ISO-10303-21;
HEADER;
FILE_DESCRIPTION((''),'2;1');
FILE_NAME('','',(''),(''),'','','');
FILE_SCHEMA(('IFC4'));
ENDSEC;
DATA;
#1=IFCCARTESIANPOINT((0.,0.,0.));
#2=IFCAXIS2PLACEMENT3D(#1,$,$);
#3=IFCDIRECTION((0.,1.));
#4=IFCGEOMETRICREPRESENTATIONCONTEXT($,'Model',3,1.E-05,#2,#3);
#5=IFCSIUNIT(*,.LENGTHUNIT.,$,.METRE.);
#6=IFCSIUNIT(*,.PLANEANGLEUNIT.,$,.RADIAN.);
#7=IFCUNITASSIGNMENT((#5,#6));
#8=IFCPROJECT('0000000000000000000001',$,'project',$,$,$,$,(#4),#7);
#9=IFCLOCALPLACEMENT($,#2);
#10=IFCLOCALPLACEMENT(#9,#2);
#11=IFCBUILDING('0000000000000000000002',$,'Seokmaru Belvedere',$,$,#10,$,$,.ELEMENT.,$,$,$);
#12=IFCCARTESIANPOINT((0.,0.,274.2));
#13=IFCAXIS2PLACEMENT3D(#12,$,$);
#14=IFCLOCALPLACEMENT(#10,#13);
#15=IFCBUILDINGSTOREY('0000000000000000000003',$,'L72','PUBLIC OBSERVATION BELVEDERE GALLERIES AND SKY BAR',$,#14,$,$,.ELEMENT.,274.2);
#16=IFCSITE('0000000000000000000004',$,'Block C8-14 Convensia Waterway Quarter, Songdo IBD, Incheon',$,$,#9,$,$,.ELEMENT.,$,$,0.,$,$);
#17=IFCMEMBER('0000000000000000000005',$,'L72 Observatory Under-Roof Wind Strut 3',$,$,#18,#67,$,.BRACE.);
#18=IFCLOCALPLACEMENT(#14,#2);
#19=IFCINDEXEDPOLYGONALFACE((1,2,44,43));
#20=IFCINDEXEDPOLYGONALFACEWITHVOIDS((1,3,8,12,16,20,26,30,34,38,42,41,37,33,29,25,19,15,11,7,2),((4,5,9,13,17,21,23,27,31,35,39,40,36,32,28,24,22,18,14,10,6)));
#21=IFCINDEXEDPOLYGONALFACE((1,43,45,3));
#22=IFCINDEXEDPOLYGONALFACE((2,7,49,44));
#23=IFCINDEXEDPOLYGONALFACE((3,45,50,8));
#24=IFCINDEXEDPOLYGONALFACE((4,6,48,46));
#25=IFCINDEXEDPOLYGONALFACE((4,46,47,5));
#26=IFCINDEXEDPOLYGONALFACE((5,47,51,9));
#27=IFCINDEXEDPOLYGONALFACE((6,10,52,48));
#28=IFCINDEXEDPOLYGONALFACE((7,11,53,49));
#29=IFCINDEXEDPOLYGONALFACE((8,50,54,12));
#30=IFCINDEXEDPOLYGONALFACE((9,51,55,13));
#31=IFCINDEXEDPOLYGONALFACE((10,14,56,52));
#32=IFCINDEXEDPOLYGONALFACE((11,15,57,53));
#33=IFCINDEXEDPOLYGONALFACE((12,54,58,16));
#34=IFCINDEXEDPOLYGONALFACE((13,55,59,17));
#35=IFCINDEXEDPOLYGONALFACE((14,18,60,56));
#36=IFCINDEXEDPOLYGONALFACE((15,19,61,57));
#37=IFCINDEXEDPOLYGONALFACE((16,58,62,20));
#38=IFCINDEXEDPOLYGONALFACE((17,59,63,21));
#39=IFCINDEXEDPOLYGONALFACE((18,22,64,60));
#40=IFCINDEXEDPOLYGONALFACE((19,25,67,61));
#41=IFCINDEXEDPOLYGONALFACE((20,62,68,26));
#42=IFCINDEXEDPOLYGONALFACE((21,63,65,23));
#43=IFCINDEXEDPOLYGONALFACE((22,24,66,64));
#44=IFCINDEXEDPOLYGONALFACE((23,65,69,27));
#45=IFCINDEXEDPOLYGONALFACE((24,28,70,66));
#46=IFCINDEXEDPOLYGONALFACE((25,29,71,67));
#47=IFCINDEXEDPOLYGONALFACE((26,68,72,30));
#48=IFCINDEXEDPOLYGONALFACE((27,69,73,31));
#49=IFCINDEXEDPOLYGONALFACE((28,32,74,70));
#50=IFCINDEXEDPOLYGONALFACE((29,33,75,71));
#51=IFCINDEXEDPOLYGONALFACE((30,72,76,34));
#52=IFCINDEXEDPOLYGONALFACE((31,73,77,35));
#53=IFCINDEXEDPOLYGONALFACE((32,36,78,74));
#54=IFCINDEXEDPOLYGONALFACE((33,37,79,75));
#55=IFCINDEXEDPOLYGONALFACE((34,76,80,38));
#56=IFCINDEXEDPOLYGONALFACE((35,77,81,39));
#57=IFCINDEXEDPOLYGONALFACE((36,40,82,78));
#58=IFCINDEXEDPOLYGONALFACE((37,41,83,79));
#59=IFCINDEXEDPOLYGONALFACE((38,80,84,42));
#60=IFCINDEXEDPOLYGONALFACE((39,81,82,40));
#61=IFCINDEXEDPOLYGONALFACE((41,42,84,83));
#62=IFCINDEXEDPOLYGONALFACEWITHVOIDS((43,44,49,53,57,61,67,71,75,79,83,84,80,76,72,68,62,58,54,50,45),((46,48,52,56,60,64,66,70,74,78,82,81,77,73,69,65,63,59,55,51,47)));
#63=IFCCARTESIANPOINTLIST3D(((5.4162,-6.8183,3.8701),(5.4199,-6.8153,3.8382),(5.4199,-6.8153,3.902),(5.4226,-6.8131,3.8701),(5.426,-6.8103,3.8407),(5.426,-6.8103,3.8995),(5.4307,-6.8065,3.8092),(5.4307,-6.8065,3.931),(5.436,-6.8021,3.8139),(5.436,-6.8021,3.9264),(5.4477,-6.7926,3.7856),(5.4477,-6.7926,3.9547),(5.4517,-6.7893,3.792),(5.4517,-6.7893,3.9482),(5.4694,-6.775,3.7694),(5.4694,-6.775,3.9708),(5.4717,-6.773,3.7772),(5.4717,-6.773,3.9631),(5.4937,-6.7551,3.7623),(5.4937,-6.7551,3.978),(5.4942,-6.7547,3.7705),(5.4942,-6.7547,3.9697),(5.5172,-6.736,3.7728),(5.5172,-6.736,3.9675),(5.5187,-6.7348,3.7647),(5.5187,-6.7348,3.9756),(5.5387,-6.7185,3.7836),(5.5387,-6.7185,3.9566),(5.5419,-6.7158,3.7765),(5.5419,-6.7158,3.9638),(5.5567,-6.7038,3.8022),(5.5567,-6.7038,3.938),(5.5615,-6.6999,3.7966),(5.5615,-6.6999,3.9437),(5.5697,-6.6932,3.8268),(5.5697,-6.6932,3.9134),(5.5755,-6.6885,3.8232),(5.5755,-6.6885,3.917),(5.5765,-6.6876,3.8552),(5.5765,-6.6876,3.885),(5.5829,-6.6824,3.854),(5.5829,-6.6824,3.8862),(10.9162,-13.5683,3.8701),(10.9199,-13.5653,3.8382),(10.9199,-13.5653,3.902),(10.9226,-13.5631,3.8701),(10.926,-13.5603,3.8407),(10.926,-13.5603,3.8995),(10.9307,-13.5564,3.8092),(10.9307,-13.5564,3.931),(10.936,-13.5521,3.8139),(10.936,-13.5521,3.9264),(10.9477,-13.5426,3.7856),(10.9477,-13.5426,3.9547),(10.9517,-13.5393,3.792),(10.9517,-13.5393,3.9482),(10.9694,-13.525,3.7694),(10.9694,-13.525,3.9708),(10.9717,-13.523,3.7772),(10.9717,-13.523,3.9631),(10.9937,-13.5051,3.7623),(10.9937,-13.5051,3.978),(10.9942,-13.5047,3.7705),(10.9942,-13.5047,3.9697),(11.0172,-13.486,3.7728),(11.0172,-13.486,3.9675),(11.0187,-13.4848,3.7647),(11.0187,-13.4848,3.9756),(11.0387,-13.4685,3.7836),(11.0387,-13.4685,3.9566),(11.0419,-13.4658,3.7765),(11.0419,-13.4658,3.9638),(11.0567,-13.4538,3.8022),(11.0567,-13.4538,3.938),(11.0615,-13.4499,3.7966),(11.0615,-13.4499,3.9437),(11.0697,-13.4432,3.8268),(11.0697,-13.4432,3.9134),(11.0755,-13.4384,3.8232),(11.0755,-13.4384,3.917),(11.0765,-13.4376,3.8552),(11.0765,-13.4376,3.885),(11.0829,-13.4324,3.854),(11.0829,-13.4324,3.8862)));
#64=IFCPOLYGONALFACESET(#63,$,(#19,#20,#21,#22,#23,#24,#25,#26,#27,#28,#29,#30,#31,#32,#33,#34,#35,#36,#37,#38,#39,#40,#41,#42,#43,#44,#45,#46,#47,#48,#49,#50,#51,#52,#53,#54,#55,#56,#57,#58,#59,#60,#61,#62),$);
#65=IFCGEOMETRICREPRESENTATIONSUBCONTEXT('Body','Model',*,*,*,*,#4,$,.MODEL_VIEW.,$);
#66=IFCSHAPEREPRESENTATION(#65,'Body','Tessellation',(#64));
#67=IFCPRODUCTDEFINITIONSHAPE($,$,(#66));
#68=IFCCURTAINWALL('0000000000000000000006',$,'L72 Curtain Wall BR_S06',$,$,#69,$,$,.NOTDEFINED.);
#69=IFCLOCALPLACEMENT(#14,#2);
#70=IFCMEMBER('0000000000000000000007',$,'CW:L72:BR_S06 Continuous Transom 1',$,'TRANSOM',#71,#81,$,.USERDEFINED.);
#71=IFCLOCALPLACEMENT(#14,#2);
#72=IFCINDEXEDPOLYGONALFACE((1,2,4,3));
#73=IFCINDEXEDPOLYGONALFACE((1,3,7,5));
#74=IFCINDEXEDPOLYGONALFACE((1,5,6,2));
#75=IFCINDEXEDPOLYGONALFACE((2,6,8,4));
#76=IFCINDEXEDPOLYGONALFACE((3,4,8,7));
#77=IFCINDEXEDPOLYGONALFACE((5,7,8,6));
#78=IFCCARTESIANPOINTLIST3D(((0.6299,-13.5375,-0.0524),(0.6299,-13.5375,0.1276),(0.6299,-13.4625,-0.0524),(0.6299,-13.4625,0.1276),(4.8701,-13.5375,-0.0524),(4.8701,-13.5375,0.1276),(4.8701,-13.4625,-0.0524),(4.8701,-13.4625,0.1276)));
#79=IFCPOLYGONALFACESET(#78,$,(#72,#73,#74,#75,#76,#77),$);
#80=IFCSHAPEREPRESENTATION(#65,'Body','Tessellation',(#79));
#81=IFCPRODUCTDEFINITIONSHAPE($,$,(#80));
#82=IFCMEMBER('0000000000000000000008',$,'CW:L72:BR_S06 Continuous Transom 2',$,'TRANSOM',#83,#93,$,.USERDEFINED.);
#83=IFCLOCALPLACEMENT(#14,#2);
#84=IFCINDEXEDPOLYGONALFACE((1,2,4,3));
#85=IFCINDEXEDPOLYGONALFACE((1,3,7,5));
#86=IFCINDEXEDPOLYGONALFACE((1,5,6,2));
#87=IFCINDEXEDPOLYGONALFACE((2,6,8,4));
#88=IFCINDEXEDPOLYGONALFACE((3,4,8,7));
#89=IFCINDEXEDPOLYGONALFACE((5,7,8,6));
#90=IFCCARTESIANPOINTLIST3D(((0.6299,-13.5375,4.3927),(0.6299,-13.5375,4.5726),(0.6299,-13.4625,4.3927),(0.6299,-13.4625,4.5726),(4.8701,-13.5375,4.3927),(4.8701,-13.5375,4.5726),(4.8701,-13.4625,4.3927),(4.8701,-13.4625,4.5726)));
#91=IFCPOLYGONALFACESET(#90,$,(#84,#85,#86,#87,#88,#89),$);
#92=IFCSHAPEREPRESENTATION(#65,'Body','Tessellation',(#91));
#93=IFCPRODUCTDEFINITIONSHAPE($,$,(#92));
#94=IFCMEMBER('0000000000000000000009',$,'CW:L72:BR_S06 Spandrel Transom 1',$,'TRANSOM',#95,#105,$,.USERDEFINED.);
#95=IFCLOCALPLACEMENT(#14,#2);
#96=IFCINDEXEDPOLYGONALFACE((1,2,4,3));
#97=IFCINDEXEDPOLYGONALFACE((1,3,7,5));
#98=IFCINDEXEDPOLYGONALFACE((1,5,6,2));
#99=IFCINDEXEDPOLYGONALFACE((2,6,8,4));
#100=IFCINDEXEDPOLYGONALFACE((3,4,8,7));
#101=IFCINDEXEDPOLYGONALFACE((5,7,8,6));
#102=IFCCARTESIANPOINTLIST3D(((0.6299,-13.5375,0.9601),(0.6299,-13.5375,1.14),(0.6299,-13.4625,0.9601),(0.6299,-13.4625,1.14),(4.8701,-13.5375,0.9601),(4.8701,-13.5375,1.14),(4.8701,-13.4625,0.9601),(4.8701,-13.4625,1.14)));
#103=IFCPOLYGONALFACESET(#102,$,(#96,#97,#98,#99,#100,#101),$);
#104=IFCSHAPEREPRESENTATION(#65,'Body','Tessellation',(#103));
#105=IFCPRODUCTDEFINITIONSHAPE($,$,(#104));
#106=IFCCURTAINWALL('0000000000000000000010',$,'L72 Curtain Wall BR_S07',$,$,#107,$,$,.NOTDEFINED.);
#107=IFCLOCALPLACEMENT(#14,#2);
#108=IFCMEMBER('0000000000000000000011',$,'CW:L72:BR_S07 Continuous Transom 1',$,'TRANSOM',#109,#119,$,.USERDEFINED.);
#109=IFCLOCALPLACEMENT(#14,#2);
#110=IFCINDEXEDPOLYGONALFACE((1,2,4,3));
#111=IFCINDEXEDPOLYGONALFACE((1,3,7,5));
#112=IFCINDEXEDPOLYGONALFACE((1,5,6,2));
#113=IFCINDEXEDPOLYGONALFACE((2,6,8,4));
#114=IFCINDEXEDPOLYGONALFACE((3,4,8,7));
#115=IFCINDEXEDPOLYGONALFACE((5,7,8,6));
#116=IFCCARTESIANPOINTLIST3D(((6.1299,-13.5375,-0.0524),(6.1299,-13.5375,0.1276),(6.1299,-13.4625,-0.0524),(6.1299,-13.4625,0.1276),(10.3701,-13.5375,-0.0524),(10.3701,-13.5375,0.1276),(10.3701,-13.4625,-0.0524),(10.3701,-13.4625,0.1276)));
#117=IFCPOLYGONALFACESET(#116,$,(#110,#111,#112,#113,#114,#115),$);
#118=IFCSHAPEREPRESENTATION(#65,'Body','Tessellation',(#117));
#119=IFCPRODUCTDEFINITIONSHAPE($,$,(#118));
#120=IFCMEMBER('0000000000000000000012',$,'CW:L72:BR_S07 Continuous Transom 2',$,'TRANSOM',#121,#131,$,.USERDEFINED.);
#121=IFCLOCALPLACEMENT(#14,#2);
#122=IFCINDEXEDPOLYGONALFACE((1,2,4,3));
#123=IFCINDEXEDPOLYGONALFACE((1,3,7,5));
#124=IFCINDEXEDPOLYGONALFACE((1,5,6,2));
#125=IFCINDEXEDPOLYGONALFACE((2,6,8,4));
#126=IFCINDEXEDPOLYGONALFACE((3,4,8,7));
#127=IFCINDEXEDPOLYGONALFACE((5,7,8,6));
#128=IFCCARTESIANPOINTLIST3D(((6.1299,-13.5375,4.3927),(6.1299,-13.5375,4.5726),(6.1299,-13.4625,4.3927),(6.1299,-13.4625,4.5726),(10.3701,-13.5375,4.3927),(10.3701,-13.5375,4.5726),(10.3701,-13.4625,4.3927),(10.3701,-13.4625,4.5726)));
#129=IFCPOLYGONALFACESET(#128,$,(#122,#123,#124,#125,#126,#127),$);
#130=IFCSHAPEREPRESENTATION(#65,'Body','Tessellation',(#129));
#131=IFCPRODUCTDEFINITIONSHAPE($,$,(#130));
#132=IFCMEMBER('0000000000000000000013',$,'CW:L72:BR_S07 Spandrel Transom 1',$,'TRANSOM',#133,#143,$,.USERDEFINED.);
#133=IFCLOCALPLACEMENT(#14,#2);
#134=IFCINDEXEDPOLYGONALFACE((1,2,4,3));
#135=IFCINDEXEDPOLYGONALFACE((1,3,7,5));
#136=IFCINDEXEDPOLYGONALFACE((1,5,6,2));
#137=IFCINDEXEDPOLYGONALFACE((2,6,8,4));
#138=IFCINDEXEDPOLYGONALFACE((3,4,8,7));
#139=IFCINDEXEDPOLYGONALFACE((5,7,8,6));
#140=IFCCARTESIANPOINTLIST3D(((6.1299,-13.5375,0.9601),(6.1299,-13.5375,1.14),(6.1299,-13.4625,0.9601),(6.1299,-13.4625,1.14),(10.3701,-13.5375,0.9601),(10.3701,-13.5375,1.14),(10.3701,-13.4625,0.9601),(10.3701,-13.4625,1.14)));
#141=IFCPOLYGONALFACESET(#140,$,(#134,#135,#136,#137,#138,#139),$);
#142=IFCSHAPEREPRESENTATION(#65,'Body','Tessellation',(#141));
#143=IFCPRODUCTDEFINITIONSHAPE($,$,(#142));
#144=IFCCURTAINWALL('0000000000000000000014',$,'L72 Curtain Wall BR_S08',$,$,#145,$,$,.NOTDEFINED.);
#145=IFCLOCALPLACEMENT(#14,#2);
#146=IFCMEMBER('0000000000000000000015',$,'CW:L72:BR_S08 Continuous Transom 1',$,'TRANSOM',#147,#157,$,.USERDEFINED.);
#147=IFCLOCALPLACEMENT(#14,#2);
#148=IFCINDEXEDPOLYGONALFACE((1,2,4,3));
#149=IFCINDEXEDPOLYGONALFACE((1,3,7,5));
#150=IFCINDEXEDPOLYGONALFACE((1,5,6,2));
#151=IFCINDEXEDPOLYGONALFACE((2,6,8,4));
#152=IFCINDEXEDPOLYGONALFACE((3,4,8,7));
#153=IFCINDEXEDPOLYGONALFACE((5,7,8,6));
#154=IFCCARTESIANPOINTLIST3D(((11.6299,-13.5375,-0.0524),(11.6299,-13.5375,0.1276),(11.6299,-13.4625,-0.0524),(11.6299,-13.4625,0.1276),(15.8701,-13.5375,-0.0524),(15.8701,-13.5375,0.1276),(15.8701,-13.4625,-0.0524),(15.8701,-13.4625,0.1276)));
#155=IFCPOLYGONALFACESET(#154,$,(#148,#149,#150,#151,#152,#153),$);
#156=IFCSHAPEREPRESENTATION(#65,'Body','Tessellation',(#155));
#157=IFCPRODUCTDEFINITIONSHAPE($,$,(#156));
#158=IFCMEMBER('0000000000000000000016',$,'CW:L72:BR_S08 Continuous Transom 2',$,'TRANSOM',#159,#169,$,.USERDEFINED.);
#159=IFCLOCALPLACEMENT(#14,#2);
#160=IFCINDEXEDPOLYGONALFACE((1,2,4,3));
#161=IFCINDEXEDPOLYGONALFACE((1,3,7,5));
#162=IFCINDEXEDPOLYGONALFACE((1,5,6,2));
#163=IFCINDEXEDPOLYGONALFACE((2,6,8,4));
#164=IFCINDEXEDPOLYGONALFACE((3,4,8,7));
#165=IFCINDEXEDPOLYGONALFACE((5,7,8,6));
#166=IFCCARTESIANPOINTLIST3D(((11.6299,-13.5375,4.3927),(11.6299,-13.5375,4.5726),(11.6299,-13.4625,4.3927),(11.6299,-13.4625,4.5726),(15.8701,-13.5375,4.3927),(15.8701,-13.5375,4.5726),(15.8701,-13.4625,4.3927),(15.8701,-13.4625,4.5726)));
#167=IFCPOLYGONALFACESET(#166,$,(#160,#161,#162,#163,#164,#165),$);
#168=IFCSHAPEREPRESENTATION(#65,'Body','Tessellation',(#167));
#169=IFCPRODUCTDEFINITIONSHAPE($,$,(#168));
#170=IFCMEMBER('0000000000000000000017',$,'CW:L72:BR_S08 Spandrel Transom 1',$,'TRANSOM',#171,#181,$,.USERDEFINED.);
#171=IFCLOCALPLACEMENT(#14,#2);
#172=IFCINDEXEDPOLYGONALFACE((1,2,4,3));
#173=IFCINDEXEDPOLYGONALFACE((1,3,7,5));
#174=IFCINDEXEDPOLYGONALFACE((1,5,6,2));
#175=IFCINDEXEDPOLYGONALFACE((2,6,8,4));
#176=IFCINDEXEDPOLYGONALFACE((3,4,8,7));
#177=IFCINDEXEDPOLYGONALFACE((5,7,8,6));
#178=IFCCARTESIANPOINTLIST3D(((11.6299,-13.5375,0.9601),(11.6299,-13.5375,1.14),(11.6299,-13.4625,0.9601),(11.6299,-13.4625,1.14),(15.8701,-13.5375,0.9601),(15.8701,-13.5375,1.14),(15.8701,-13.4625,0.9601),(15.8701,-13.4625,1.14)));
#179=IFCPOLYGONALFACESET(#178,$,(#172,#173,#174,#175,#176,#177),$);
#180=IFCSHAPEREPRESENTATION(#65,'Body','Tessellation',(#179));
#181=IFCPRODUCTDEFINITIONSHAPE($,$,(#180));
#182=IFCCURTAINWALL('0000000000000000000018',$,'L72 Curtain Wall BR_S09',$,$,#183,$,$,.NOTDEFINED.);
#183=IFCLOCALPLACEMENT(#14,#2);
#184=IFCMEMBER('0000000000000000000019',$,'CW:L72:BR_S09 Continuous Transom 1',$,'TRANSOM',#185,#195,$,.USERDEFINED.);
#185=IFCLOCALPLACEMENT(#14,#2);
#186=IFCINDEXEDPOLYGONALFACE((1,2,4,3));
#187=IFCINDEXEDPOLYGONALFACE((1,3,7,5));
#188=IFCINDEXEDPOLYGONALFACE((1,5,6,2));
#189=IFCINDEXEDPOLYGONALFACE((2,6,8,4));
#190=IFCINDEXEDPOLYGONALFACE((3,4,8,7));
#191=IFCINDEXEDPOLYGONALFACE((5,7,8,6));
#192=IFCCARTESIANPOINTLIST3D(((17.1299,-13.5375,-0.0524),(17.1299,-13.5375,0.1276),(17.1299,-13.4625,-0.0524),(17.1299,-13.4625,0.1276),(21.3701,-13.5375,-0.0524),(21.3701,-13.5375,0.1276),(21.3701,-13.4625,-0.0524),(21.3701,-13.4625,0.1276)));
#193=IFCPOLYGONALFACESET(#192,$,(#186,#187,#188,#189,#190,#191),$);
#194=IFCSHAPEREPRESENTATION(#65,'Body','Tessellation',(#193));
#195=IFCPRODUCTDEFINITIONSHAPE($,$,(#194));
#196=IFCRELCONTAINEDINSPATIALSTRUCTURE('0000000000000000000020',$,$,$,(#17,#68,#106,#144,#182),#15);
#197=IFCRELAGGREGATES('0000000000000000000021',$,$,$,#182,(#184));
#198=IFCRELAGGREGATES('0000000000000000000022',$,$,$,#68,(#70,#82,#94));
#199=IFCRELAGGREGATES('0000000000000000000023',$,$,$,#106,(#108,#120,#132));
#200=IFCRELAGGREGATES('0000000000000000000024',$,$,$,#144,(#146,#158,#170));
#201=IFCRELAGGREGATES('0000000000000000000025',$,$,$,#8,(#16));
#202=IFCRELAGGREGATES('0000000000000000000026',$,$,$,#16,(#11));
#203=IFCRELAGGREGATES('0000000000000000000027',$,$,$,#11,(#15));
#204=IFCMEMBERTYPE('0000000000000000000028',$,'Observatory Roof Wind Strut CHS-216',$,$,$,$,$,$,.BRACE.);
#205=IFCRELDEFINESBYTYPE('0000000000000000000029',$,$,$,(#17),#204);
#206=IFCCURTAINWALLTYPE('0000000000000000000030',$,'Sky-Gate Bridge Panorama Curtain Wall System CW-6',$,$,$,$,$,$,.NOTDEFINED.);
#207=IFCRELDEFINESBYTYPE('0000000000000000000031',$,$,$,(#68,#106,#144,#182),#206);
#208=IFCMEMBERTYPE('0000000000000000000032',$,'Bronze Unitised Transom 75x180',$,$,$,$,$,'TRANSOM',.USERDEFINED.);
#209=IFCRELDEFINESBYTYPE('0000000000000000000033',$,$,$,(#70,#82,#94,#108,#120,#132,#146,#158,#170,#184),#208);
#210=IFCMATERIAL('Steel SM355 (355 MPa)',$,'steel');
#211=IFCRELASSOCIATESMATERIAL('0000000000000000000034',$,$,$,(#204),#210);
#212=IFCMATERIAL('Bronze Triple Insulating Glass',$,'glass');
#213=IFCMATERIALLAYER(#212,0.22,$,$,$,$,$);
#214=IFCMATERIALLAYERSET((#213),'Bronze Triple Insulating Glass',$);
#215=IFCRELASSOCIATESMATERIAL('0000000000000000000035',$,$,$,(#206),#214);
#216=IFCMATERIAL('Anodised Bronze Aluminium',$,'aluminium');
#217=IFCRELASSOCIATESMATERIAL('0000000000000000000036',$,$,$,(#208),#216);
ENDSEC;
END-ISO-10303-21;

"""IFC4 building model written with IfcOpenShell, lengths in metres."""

from ifc_helpers import new_model, si_unit, direction, frame, origin, origin_2d, place, context, subcontext, project, spatial, rectangle, hollow_circle, extrude, source, transform, mapped, material, layer, layer_set, material_profile, profile_set, type_object, type_shapes, element, aggregate, save


model = new_model("IFC4")

# Units and contexts
model_context = context("Model", 3, precision=1e-05, world=origin(), true_north=direction((0.0, 1.0)))
body_context = subcontext(model_context, "Body", "Model", "MODEL_VIEW")
ifc_project = project(units=[si_unit("LENGTHUNIT", "METRE"), si_unit("PLANEANGLEUNIT", "RADIAN")], contexts=[model_context])

# Site, building, storey
site_placement = place(None, origin())
site = spatial("IfcSite", under=ifc_project, at=site_placement, Name="Block C8-14 Convensia Waterway Quarter, Songdo IBD, Incheon", CompositionType="ELEMENT", RefElevation=0.0)
building_placement = place(site_placement, origin())
building = spatial("IfcBuilding", under=site, at=building_placement, Name="Seokmaru Belvedere", CompositionType="ELEMENT")
storey_placement = place(building_placement, frame((0.0, 0.0, 274.2)))
storey = spatial("IfcBuildingStorey", under=building, at=storey_placement, Name="L72", Description="PUBLIC OBSERVATION BELVEDERE GALLERIES AND SKY BAR", CompositionType="ELEMENT", Elevation=274.2)

# Shared definitions
ifc_material_1 = material(Name="Steel SM355 (355 MPa)", Category="steel")

# Member
ifc_material_profile_1 = material_profile(ifc_material_1, hollow_circle(Radius=0.1082, WallThickness=0.0083, at=origin_2d()), Name="CHS-216.3x8.2")
ifc_profile_set_1 = profile_set([ifc_material_profile_1], Name="Steel SM355 (355 MPa)")
member_type_1 = type_object("IfcMemberType", Name="Observatory Roof Wind Strut CHS-216", PredefinedType="BRACE", material=ifc_profile_set_1)
shared_shape_1 = source(origin(), body_context, "Body", "SweptSolid", [
    extrude(hollow_circle(Radius=0.1082, WallThickness=0.0083, at=origin_2d()), origin(), (0.0, 0.0, 1.0), 8.707),
])
type_shapes(member_type_1, [shared_shape_1])
member_1_placement = place(storey_placement, frame((11.0, -13.5, 3.8701), z_axis=(-0.631673, 0.775235, 0.0), x_axis=(-0.775235, -0.631673, 0.0)))
element("IfcMember", 1, at=member_1_placement, inside=storey, type_object=member_type_1, Name="L72 Observatory Under-Roof Wind Strut 3", PredefinedType="BRACE", context=body_context, shape_type="MappedRepresentation", body=[
    mapped(shared_shape_1, transform((0.0, 0.0, 0.0), scale=1.0)),
])

# Curtain walls, members
ifc_material_2 = material(Name="Bronze Triple Insulating Glass", Category="glass")
ifc_layer_1 = layer(ifc_material_2, 0.22)
ifc_layer_set_1 = layer_set([ifc_layer_1], Name="Bronze Triple Insulating Glass")
curtain_wall_type = type_object("IfcCurtainWallType", Name="Sky-Gate Bridge Panorama Curtain Wall System CW-6", PredefinedType="NOTDEFINED", material=ifc_layer_set_1)
curtain_wall_1_placement = place(storey_placement, origin())
curtain_wall_1 = element("IfcCurtainWall", 2, at=curtain_wall_1_placement, inside=storey, type_object=curtain_wall_type, Name="L72 Curtain Wall BR_S06", PredefinedType="NOTDEFINED")
ifc_material_3 = material(Name="Anodised Bronze Aluminium", Category="aluminium")
ifc_material_profile_2 = material_profile(ifc_material_3, rectangle(XDim=0.075, YDim=0.1799, at=origin_2d()), Name="CW-T-75x180")
ifc_profile_set_2 = profile_set([ifc_material_profile_2], Name="Anodised Bronze Aluminium")
member_type_2 = type_object("IfcMemberType", Name="Bronze Unitised Transom 75x180", ElementType="TRANSOM", PredefinedType="USERDEFINED", material=ifc_profile_set_2)
shared_shape_2 = source(origin(), body_context, "Body", "SweptSolid", [
    extrude(rectangle(XDim=0.075, YDim=0.1799, at=origin_2d()), origin(), (0.0, 0.0, 1.0), 4.2402),
])
type_shapes(member_type_2, [shared_shape_2])
member_2_placement = place(storey_placement, frame((0.6299, -13.5, 0.0376), z_axis=(1.0, 0.0, 0.0), x_axis=(0.0, 1.0, 0.0)))
member_2 = element("IfcMember", 3, at=member_2_placement, type_object=member_type_2, Name="CW:L72:BR_S06 Continuous Transom 1", ObjectType="TRANSOM", PredefinedType="USERDEFINED", context=body_context, shape_type="MappedRepresentation", body=[
    mapped(shared_shape_2, transform((0.0, 0.0, 0.0), scale=1.0)),
])
member_3_placement = place(storey_placement, frame((0.6299, -13.5, 4.4827), z_axis=(1.0, 0.0, 0.0), x_axis=(0.0, 1.0, 0.0)))
member_3 = element("IfcMember", 4, at=member_3_placement, type_object=member_type_2, Name="CW:L72:BR_S06 Continuous Transom 2", ObjectType="TRANSOM", PredefinedType="USERDEFINED", context=body_context, shape_type="MappedRepresentation", body=[
    mapped(shared_shape_2, transform((0.0, 0.0, 0.0), scale=1.0)),
])
member_4_placement = place(storey_placement, frame((0.6299, -13.5, 1.05), z_axis=(1.0, 0.0, 0.0), x_axis=(0.0, 1.0, 0.0)))
member_4 = element("IfcMember", 5, at=member_4_placement, type_object=member_type_2, Name="CW:L72:BR_S06 Spandrel Transom 1", ObjectType="TRANSOM", PredefinedType="USERDEFINED", context=body_context, shape_type="MappedRepresentation", body=[
    mapped(shared_shape_2, transform((0.0, 0.0, 0.0), scale=1.0)),
])
curtain_wall_2_placement = place(storey_placement, origin())
curtain_wall_2 = element("IfcCurtainWall", 6, at=curtain_wall_2_placement, inside=storey, type_object=curtain_wall_type, Name="L72 Curtain Wall BR_S07", PredefinedType="NOTDEFINED")
member_5_placement = place(storey_placement, frame((6.1299, -13.5, 0.0376), z_axis=(1.0, 0.0, 0.0), x_axis=(0.0, 1.0, 0.0)))
member_5 = element("IfcMember", 7, at=member_5_placement, type_object=member_type_2, Name="CW:L72:BR_S07 Continuous Transom 1", ObjectType="TRANSOM", PredefinedType="USERDEFINED", context=body_context, shape_type="MappedRepresentation", body=[
    mapped(shared_shape_2, transform((0.0, 0.0, 0.0), scale=1.0)),
])
member_6_placement = place(storey_placement, frame((6.1299, -13.5, 4.4827), z_axis=(1.0, 0.0, 0.0), x_axis=(0.0, 1.0, 0.0)))
member_6 = element("IfcMember", 8, at=member_6_placement, type_object=member_type_2, Name="CW:L72:BR_S07 Continuous Transom 2", ObjectType="TRANSOM", PredefinedType="USERDEFINED", context=body_context, shape_type="MappedRepresentation", body=[
    mapped(shared_shape_2, transform((0.0, 0.0, 0.0), scale=1.0)),
])
member_7_placement = place(storey_placement, frame((6.1299, -13.5, 1.05), z_axis=(1.0, 0.0, 0.0), x_axis=(0.0, 1.0, 0.0)))
member_7 = element("IfcMember", 9, at=member_7_placement, type_object=member_type_2, Name="CW:L72:BR_S07 Spandrel Transom 1", ObjectType="TRANSOM", PredefinedType="USERDEFINED", context=body_context, shape_type="MappedRepresentation", body=[
    mapped(shared_shape_2, transform((0.0, 0.0, 0.0), scale=1.0)),
])
curtain_wall_3_placement = place(storey_placement, origin())
curtain_wall_3 = element("IfcCurtainWall", 10, at=curtain_wall_3_placement, inside=storey, type_object=curtain_wall_type, Name="L72 Curtain Wall BR_S08", PredefinedType="NOTDEFINED")
member_8_placement = place(storey_placement, frame((11.6299, -13.5, 0.0376), z_axis=(1.0, 0.0, 0.0), x_axis=(0.0, 1.0, 0.0)))
member_8 = element("IfcMember", 11, at=member_8_placement, type_object=member_type_2, Name="CW:L72:BR_S08 Continuous Transom 1", ObjectType="TRANSOM", PredefinedType="USERDEFINED", context=body_context, shape_type="MappedRepresentation", body=[
    mapped(shared_shape_2, transform((0.0, 0.0, 0.0), scale=1.0)),
])
member_9_placement = place(storey_placement, frame((11.6299, -13.5, 4.4827), z_axis=(1.0, 0.0, 0.0), x_axis=(0.0, 1.0, 0.0)))
member_9 = element("IfcMember", 12, at=member_9_placement, type_object=member_type_2, Name="CW:L72:BR_S08 Continuous Transom 2", ObjectType="TRANSOM", PredefinedType="USERDEFINED", context=body_context, shape_type="MappedRepresentation", body=[
    mapped(shared_shape_2, transform((0.0, 0.0, 0.0), scale=1.0)),
])
member_10_placement = place(storey_placement, frame((11.6299, -13.5, 1.05), z_axis=(1.0, 0.0, 0.0), x_axis=(0.0, 1.0, 0.0)))
member_10 = element("IfcMember", 13, at=member_10_placement, type_object=member_type_2, Name="CW:L72:BR_S08 Spandrel Transom 1", ObjectType="TRANSOM", PredefinedType="USERDEFINED", context=body_context, shape_type="MappedRepresentation", body=[
    mapped(shared_shape_2, transform((0.0, 0.0, 0.0), scale=1.0)),
])
curtain_wall_4_placement = place(storey_placement, origin())
curtain_wall_4 = element("IfcCurtainWall", 14, at=curtain_wall_4_placement, inside=storey, type_object=curtain_wall_type, Name="L72 Curtain Wall BR_S09", PredefinedType="NOTDEFINED")
member_11_placement = place(storey_placement, frame((17.1299, -13.5, 0.0376), z_axis=(1.0, 0.0, 0.0), x_axis=(0.0, 1.0, 0.0)))
member_11 = element("IfcMember", 15, at=member_11_placement, type_object=member_type_2, Name="CW:L72:BR_S09 Continuous Transom 1", ObjectType="TRANSOM", PredefinedType="USERDEFINED", context=body_context, shape_type="MappedRepresentation", body=[
    mapped(shared_shape_2, transform((0.0, 0.0, 0.0), scale=1.0)),
])

aggregate(curtain_wall_4, [member_11])
aggregate(curtain_wall_1, [member_2, member_3, member_4])
aggregate(curtain_wall_2, [member_5, member_6, member_7])
aggregate(curtain_wall_3, [member_8, member_9, member_10])

save(model, "model.ifc")
